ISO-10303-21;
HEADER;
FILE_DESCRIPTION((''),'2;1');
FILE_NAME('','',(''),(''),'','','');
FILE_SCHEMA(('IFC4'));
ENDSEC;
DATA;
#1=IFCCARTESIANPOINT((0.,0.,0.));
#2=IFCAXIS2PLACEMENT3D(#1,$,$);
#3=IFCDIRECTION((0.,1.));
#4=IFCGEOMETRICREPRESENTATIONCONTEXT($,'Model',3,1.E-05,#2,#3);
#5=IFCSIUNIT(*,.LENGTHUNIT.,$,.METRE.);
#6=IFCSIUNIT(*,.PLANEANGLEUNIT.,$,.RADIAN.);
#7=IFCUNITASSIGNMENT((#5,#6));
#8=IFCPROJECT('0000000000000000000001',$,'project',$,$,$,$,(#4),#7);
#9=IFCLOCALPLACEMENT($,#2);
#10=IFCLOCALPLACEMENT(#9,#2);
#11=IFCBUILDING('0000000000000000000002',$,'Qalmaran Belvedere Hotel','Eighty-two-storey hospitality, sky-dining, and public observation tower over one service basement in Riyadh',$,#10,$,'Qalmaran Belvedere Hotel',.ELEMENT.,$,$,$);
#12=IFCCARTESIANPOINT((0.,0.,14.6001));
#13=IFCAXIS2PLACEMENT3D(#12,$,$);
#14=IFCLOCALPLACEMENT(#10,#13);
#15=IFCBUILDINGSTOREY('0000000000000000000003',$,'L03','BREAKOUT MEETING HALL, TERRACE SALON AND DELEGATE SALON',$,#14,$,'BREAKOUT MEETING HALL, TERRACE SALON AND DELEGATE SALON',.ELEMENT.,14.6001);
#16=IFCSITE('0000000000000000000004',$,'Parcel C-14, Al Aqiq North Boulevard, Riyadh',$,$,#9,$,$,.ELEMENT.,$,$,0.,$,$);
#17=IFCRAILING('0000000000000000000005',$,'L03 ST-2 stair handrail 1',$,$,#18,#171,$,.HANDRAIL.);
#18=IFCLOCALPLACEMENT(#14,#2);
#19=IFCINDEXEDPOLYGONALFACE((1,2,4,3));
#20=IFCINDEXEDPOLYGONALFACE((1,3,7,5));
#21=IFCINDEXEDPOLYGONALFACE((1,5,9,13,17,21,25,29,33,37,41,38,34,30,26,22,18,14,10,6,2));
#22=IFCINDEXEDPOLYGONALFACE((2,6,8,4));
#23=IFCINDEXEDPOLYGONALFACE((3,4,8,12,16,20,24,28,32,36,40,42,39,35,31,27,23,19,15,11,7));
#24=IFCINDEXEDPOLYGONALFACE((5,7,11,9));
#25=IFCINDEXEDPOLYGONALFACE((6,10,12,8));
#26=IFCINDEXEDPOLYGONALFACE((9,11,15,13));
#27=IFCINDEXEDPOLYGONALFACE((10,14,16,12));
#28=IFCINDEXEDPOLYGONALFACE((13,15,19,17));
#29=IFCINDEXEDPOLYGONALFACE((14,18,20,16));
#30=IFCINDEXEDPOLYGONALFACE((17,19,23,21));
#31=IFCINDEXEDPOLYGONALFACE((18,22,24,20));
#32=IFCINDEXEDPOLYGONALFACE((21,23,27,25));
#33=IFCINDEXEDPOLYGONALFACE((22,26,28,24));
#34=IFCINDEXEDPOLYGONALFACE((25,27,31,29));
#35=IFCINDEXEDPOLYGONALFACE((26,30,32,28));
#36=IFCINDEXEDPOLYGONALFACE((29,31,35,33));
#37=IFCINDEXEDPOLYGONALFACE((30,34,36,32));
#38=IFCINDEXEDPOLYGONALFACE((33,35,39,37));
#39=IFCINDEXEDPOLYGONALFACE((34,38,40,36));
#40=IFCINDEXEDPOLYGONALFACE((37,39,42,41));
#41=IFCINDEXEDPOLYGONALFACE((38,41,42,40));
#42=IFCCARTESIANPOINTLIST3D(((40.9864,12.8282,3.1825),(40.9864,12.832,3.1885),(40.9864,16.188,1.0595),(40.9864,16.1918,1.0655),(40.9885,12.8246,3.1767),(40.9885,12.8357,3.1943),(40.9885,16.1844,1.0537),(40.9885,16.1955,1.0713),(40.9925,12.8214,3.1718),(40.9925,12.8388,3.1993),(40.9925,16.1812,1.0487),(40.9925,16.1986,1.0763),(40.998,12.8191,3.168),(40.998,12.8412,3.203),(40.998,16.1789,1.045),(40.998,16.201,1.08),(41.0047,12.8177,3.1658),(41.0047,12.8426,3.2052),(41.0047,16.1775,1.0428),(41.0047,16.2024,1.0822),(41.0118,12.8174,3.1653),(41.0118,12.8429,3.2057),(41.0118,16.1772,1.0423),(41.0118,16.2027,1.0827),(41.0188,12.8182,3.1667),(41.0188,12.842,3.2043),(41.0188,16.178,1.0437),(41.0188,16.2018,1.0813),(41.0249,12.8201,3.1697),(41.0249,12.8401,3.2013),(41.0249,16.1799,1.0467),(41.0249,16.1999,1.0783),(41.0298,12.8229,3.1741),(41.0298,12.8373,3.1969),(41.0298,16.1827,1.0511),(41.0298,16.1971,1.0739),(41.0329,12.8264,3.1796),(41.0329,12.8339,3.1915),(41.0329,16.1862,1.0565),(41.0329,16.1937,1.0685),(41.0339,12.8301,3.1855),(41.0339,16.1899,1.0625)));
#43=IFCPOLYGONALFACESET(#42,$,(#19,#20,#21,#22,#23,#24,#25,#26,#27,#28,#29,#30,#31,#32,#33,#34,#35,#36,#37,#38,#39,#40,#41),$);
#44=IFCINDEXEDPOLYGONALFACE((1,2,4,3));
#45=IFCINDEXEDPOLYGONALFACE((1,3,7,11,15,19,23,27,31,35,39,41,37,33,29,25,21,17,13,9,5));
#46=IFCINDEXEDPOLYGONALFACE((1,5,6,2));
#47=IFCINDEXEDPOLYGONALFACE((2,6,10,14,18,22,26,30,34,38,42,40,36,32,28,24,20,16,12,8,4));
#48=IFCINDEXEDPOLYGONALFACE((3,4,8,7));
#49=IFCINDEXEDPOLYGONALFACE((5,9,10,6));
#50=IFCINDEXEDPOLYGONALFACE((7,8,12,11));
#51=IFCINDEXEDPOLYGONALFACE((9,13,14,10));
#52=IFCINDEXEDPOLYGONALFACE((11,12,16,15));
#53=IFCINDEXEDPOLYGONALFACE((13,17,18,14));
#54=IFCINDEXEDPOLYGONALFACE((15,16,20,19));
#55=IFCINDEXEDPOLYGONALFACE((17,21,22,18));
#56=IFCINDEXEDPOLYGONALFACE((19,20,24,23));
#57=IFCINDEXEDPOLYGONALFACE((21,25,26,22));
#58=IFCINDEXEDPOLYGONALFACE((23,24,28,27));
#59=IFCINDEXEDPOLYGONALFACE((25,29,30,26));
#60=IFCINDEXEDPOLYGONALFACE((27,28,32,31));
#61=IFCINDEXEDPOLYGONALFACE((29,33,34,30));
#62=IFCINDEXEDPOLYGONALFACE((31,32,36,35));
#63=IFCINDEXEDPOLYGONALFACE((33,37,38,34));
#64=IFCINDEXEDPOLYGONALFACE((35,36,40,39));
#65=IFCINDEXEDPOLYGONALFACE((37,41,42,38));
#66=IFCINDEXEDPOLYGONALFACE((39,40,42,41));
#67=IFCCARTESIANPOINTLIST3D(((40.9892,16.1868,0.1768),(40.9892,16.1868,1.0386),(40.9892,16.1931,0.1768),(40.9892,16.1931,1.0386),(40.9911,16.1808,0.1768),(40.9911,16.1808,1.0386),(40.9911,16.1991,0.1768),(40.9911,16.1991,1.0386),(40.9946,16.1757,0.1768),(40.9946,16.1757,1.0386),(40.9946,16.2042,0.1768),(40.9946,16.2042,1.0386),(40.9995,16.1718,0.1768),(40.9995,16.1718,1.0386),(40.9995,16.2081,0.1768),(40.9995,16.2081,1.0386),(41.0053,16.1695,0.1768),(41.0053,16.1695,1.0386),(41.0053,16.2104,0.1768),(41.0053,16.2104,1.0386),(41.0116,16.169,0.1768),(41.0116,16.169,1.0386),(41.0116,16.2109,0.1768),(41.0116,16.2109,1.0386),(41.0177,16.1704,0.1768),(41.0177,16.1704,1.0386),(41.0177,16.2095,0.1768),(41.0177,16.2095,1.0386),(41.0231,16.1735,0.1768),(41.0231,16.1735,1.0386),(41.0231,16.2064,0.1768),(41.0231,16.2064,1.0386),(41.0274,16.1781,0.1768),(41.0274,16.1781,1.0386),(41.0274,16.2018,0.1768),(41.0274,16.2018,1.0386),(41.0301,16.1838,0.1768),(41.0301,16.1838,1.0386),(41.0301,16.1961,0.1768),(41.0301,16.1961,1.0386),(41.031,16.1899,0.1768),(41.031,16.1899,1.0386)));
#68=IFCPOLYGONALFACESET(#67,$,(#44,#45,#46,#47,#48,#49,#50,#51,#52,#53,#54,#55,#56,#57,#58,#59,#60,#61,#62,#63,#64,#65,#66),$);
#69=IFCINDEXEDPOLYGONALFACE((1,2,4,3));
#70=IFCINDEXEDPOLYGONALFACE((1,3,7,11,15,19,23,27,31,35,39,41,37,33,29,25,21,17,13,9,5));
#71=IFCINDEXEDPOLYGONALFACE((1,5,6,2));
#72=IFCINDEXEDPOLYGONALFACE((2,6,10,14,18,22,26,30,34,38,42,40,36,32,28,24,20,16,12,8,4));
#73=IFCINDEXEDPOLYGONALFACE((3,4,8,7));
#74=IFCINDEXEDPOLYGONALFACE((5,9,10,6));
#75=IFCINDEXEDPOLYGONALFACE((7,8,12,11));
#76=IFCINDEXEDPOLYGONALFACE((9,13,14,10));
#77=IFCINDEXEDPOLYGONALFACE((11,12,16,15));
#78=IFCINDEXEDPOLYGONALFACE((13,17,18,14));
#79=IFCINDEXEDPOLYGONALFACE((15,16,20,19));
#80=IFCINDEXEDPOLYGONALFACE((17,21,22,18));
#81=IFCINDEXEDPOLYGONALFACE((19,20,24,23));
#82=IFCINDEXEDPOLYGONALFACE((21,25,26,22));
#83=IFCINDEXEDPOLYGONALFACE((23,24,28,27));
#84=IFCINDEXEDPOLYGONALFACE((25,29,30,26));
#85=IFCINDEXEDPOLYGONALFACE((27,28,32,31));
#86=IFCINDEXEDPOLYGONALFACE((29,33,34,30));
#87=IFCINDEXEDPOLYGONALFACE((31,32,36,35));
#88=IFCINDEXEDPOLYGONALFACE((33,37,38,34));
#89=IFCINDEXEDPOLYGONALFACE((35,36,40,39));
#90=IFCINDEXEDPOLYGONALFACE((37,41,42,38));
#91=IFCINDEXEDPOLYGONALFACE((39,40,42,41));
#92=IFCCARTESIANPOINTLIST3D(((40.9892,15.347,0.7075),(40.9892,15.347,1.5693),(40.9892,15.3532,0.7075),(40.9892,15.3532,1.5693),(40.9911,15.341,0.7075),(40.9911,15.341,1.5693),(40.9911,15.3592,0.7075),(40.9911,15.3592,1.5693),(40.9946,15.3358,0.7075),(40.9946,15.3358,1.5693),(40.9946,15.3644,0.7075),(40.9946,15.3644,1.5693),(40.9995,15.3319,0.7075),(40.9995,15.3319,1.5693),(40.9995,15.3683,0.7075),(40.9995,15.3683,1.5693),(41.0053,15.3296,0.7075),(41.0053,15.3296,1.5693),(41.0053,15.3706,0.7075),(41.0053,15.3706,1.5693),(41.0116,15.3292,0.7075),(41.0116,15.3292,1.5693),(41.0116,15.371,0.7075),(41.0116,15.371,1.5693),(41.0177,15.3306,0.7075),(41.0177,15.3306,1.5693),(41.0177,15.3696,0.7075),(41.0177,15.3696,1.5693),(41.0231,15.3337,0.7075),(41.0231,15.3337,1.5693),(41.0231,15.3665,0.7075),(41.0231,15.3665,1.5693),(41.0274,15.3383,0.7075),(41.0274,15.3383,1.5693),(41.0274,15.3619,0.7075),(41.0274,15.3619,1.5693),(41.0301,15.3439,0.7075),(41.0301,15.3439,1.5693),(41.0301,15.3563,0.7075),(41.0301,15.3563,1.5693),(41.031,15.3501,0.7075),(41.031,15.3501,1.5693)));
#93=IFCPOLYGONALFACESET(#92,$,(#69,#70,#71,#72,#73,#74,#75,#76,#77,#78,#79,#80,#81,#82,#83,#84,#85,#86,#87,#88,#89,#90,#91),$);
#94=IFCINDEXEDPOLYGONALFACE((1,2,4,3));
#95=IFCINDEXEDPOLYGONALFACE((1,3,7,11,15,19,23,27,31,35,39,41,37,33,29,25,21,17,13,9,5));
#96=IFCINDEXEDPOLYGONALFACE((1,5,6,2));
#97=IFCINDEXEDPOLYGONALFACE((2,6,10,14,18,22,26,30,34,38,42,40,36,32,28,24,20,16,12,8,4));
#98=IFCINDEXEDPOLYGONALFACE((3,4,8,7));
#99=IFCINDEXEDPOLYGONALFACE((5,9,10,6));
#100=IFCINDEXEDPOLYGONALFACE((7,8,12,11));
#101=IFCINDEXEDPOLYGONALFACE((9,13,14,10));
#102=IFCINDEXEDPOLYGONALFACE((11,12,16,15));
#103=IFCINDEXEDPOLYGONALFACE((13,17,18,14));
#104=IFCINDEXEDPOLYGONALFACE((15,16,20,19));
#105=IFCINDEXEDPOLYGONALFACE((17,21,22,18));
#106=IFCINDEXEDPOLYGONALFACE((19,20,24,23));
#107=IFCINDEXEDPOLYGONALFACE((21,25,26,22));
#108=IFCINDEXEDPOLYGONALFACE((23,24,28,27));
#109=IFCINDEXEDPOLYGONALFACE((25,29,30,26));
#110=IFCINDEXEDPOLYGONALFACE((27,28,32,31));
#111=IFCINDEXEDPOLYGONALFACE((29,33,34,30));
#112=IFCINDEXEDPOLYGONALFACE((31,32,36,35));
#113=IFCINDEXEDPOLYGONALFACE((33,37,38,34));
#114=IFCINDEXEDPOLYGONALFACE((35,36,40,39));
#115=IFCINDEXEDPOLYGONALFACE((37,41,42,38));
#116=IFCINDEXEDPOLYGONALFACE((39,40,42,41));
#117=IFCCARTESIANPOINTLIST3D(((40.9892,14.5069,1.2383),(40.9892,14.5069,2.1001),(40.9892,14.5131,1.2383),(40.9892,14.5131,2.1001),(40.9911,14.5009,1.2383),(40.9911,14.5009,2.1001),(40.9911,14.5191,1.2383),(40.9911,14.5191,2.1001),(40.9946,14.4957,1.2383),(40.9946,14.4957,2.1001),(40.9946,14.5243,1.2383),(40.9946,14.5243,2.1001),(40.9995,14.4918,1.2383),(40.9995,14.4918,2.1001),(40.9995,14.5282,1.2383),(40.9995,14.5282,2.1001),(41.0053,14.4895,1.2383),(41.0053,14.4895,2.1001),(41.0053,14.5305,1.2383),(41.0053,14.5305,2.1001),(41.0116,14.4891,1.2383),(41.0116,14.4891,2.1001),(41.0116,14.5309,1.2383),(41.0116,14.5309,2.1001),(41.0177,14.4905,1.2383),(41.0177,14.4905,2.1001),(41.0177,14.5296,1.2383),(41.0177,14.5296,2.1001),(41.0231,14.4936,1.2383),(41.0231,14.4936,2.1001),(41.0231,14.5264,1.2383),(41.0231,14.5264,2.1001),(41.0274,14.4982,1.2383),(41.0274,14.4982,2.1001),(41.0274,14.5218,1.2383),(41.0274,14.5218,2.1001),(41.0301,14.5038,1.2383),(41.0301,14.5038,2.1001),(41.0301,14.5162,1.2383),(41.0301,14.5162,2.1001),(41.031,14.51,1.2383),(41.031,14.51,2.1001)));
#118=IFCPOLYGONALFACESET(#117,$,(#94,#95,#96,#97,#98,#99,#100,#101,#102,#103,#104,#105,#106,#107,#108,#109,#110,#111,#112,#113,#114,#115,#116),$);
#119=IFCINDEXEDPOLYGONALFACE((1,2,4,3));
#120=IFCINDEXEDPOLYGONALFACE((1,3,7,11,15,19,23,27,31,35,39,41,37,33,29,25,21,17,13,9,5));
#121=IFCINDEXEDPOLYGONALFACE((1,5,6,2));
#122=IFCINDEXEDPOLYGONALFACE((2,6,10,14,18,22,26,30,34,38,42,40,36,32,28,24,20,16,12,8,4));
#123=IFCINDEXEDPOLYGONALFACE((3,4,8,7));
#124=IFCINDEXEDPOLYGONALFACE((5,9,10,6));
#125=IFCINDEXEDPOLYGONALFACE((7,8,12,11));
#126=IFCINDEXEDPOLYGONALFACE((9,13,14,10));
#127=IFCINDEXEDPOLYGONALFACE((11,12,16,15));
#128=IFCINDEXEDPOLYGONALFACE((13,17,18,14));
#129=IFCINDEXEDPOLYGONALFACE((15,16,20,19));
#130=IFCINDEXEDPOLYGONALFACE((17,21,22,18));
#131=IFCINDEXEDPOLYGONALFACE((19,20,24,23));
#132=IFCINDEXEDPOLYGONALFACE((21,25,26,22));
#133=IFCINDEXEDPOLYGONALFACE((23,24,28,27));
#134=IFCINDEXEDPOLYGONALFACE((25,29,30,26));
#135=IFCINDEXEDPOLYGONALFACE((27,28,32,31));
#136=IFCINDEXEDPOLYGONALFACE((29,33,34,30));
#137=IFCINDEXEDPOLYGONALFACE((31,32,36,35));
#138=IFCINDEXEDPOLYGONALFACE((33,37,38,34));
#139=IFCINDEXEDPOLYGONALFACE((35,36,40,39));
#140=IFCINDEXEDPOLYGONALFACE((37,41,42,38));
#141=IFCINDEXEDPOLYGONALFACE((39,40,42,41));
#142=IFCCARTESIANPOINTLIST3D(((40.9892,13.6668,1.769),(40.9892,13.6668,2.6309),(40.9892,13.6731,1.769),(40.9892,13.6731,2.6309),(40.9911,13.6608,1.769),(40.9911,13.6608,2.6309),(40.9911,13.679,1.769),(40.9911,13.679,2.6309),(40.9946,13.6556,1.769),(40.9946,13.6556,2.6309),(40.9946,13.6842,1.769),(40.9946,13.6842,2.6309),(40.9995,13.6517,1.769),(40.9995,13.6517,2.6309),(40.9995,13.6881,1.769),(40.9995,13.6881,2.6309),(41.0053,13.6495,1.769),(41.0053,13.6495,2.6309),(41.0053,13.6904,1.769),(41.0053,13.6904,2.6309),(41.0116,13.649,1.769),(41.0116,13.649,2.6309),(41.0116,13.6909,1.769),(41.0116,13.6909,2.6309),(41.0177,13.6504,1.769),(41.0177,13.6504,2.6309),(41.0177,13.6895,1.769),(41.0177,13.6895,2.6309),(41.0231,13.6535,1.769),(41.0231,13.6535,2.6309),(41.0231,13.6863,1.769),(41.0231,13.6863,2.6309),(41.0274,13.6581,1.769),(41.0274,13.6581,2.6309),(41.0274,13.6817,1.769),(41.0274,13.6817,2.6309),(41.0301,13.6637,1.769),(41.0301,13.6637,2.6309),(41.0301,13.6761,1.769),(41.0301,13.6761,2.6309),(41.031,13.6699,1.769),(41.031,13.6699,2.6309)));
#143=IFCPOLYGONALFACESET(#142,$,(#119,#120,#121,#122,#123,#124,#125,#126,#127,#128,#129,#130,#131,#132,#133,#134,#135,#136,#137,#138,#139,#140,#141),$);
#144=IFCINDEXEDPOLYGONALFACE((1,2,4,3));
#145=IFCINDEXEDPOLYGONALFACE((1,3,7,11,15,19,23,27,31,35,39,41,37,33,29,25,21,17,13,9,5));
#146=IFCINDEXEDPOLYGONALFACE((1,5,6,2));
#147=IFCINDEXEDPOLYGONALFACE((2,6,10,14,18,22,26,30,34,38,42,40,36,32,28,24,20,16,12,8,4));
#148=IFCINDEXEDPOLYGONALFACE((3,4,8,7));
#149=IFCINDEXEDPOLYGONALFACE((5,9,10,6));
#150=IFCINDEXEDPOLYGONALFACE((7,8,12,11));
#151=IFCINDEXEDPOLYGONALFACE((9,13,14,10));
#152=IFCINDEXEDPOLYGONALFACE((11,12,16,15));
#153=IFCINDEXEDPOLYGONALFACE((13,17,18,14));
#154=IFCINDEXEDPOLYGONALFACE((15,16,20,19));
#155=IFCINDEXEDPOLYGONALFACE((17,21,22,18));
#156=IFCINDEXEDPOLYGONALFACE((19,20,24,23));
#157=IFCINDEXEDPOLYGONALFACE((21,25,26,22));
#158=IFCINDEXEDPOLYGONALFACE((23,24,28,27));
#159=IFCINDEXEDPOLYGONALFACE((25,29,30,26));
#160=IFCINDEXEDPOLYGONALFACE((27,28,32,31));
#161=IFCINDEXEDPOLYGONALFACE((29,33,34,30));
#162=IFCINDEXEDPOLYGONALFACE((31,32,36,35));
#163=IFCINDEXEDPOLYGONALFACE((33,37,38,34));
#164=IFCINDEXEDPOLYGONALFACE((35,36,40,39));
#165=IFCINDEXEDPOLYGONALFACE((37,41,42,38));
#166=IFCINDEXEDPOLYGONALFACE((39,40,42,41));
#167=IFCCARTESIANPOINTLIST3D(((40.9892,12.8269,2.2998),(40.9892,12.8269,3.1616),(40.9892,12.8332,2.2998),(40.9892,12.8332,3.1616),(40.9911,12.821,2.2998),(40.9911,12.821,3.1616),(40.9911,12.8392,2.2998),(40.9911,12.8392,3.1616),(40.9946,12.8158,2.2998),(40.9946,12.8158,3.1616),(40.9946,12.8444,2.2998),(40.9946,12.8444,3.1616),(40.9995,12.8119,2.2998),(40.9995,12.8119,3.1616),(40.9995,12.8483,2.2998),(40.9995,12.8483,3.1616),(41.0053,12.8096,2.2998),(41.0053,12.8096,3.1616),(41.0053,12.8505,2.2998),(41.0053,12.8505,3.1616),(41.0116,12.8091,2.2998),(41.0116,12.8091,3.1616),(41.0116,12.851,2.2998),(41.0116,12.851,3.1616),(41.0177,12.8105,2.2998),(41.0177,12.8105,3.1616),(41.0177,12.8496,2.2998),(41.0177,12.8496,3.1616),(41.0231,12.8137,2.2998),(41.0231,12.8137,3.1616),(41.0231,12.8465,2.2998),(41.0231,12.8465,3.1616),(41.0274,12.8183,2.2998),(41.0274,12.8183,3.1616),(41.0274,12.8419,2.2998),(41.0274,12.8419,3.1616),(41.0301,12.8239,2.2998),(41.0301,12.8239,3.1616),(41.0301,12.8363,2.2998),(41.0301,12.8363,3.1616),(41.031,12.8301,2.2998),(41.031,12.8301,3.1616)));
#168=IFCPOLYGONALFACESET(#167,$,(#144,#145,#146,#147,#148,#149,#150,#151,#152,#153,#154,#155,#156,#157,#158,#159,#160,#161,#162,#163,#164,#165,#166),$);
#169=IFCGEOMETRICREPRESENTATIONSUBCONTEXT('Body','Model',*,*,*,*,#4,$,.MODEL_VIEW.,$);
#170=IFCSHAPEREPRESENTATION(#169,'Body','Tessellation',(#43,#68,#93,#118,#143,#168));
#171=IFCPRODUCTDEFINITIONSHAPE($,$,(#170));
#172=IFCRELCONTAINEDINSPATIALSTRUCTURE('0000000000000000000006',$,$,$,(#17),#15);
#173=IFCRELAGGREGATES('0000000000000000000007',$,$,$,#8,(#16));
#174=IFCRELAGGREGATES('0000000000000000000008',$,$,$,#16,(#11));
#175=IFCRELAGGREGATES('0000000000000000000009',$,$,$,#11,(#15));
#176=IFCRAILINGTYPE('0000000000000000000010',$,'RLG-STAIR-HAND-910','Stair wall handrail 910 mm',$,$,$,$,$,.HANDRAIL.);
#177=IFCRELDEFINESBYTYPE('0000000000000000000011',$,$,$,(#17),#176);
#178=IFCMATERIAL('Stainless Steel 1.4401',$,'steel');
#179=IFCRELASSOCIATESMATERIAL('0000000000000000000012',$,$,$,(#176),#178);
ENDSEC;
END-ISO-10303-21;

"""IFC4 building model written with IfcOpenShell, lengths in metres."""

from ifc_helpers import new_model, si_unit, direction, frame, origin, origin_2d, place, context, subcontext, project, spatial, circle, extrude, material, type_object, element, save


model = new_model("IFC4")

# Units and contexts
model_context = context("Model", 3, precision=1e-05, world=origin(), true_north=direction((0.0, 1.0)))
body_context = subcontext(model_context, "Body", "Model", "MODEL_VIEW")
ifc_project = project(units=[si_unit("LENGTHUNIT", "METRE"), si_unit("PLANEANGLEUNIT", "RADIAN")], contexts=[model_context])

# Site, building, storey
site_placement = place(None, origin())
site = spatial("IfcSite", under=ifc_project, at=site_placement, Name="Parcel C-14, Al Aqiq North Boulevard, Riyadh", CompositionType="ELEMENT", RefElevation=0.0)
building_placement = place(site_placement, origin())
building = spatial("IfcBuilding", under=site, at=building_placement, Name="Qalmaran Belvedere Hotel", Description="Eighty-two-storey hospitality, sky-dining, and public observation tower over one service basement in Riyadh", LongName="Qalmaran Belvedere Hotel", CompositionType="ELEMENT")
storey_placement = place(building_placement, frame((0.0, 0.0, 14.6001)))
storey = spatial("IfcBuildingStorey", under=building, at=storey_placement, Name="L03", Description="BREAKOUT MEETING HALL, TERRACE SALON AND DELEGATE SALON", LongName="BREAKOUT MEETING HALL, TERRACE SALON AND DELEGATE SALON", CompositionType="ELEMENT", Elevation=14.6001)

# Shared definitions
ifc_material_1 = material(Name="Stainless Steel 1.4401", Category="steel")

# Railing
railing_type_1 = type_object("IfcRailingType", Name="RLG-STAIR-HAND-910", Description="Stair wall handrail 910 mm", PredefinedType="HANDRAIL", material=ifc_material_1)
railing_1_placement = place(storey_placement, frame((41.01, 16.1899, 0.1768)))
element("IfcRailing", 1, at=railing_1_placement, inside=storey, type_object=railing_type_1, Name="L03 ST-2 stair handrail 1", PredefinedType="HANDRAIL", context=body_context, shape_type="SweptSolid", body=[
    extrude(circle(Radius=0.0239, at=origin_2d()), frame((0.0, 0.0, 0.8857), z_axis=(0.0, -0.845372, 0.534178), x_axis=(1.0, 0.0, 0.0)), (0.0, 0.0, 1.0), 3.9744),
    extrude(circle(Radius=0.021, at=origin_2d()), origin(), (0.0, 0.0, 1.0), 0.8618),
    extrude(circle(Radius=0.021, at=origin_2d()), frame((0.0, -0.8398, 0.5308)), (0.0, 0.0, 1.0), 0.8618),
    extrude(circle(Radius=0.021, at=origin_2d()), frame((0.0, -1.6799, 1.0615)), (0.0, 0.0, 1.0), 0.8618),
    extrude(circle(Radius=0.021, at=origin_2d()), frame((0.0, -2.52, 1.5923)), (0.0, 0.0, 1.0), 0.8618),
    extrude(circle(Radius=0.021, at=origin_2d()), frame((0.0, -3.3599, 2.123)), (0.0, 0.0, 1.0), 0.8618),
])

save(model, "model.ifc")
